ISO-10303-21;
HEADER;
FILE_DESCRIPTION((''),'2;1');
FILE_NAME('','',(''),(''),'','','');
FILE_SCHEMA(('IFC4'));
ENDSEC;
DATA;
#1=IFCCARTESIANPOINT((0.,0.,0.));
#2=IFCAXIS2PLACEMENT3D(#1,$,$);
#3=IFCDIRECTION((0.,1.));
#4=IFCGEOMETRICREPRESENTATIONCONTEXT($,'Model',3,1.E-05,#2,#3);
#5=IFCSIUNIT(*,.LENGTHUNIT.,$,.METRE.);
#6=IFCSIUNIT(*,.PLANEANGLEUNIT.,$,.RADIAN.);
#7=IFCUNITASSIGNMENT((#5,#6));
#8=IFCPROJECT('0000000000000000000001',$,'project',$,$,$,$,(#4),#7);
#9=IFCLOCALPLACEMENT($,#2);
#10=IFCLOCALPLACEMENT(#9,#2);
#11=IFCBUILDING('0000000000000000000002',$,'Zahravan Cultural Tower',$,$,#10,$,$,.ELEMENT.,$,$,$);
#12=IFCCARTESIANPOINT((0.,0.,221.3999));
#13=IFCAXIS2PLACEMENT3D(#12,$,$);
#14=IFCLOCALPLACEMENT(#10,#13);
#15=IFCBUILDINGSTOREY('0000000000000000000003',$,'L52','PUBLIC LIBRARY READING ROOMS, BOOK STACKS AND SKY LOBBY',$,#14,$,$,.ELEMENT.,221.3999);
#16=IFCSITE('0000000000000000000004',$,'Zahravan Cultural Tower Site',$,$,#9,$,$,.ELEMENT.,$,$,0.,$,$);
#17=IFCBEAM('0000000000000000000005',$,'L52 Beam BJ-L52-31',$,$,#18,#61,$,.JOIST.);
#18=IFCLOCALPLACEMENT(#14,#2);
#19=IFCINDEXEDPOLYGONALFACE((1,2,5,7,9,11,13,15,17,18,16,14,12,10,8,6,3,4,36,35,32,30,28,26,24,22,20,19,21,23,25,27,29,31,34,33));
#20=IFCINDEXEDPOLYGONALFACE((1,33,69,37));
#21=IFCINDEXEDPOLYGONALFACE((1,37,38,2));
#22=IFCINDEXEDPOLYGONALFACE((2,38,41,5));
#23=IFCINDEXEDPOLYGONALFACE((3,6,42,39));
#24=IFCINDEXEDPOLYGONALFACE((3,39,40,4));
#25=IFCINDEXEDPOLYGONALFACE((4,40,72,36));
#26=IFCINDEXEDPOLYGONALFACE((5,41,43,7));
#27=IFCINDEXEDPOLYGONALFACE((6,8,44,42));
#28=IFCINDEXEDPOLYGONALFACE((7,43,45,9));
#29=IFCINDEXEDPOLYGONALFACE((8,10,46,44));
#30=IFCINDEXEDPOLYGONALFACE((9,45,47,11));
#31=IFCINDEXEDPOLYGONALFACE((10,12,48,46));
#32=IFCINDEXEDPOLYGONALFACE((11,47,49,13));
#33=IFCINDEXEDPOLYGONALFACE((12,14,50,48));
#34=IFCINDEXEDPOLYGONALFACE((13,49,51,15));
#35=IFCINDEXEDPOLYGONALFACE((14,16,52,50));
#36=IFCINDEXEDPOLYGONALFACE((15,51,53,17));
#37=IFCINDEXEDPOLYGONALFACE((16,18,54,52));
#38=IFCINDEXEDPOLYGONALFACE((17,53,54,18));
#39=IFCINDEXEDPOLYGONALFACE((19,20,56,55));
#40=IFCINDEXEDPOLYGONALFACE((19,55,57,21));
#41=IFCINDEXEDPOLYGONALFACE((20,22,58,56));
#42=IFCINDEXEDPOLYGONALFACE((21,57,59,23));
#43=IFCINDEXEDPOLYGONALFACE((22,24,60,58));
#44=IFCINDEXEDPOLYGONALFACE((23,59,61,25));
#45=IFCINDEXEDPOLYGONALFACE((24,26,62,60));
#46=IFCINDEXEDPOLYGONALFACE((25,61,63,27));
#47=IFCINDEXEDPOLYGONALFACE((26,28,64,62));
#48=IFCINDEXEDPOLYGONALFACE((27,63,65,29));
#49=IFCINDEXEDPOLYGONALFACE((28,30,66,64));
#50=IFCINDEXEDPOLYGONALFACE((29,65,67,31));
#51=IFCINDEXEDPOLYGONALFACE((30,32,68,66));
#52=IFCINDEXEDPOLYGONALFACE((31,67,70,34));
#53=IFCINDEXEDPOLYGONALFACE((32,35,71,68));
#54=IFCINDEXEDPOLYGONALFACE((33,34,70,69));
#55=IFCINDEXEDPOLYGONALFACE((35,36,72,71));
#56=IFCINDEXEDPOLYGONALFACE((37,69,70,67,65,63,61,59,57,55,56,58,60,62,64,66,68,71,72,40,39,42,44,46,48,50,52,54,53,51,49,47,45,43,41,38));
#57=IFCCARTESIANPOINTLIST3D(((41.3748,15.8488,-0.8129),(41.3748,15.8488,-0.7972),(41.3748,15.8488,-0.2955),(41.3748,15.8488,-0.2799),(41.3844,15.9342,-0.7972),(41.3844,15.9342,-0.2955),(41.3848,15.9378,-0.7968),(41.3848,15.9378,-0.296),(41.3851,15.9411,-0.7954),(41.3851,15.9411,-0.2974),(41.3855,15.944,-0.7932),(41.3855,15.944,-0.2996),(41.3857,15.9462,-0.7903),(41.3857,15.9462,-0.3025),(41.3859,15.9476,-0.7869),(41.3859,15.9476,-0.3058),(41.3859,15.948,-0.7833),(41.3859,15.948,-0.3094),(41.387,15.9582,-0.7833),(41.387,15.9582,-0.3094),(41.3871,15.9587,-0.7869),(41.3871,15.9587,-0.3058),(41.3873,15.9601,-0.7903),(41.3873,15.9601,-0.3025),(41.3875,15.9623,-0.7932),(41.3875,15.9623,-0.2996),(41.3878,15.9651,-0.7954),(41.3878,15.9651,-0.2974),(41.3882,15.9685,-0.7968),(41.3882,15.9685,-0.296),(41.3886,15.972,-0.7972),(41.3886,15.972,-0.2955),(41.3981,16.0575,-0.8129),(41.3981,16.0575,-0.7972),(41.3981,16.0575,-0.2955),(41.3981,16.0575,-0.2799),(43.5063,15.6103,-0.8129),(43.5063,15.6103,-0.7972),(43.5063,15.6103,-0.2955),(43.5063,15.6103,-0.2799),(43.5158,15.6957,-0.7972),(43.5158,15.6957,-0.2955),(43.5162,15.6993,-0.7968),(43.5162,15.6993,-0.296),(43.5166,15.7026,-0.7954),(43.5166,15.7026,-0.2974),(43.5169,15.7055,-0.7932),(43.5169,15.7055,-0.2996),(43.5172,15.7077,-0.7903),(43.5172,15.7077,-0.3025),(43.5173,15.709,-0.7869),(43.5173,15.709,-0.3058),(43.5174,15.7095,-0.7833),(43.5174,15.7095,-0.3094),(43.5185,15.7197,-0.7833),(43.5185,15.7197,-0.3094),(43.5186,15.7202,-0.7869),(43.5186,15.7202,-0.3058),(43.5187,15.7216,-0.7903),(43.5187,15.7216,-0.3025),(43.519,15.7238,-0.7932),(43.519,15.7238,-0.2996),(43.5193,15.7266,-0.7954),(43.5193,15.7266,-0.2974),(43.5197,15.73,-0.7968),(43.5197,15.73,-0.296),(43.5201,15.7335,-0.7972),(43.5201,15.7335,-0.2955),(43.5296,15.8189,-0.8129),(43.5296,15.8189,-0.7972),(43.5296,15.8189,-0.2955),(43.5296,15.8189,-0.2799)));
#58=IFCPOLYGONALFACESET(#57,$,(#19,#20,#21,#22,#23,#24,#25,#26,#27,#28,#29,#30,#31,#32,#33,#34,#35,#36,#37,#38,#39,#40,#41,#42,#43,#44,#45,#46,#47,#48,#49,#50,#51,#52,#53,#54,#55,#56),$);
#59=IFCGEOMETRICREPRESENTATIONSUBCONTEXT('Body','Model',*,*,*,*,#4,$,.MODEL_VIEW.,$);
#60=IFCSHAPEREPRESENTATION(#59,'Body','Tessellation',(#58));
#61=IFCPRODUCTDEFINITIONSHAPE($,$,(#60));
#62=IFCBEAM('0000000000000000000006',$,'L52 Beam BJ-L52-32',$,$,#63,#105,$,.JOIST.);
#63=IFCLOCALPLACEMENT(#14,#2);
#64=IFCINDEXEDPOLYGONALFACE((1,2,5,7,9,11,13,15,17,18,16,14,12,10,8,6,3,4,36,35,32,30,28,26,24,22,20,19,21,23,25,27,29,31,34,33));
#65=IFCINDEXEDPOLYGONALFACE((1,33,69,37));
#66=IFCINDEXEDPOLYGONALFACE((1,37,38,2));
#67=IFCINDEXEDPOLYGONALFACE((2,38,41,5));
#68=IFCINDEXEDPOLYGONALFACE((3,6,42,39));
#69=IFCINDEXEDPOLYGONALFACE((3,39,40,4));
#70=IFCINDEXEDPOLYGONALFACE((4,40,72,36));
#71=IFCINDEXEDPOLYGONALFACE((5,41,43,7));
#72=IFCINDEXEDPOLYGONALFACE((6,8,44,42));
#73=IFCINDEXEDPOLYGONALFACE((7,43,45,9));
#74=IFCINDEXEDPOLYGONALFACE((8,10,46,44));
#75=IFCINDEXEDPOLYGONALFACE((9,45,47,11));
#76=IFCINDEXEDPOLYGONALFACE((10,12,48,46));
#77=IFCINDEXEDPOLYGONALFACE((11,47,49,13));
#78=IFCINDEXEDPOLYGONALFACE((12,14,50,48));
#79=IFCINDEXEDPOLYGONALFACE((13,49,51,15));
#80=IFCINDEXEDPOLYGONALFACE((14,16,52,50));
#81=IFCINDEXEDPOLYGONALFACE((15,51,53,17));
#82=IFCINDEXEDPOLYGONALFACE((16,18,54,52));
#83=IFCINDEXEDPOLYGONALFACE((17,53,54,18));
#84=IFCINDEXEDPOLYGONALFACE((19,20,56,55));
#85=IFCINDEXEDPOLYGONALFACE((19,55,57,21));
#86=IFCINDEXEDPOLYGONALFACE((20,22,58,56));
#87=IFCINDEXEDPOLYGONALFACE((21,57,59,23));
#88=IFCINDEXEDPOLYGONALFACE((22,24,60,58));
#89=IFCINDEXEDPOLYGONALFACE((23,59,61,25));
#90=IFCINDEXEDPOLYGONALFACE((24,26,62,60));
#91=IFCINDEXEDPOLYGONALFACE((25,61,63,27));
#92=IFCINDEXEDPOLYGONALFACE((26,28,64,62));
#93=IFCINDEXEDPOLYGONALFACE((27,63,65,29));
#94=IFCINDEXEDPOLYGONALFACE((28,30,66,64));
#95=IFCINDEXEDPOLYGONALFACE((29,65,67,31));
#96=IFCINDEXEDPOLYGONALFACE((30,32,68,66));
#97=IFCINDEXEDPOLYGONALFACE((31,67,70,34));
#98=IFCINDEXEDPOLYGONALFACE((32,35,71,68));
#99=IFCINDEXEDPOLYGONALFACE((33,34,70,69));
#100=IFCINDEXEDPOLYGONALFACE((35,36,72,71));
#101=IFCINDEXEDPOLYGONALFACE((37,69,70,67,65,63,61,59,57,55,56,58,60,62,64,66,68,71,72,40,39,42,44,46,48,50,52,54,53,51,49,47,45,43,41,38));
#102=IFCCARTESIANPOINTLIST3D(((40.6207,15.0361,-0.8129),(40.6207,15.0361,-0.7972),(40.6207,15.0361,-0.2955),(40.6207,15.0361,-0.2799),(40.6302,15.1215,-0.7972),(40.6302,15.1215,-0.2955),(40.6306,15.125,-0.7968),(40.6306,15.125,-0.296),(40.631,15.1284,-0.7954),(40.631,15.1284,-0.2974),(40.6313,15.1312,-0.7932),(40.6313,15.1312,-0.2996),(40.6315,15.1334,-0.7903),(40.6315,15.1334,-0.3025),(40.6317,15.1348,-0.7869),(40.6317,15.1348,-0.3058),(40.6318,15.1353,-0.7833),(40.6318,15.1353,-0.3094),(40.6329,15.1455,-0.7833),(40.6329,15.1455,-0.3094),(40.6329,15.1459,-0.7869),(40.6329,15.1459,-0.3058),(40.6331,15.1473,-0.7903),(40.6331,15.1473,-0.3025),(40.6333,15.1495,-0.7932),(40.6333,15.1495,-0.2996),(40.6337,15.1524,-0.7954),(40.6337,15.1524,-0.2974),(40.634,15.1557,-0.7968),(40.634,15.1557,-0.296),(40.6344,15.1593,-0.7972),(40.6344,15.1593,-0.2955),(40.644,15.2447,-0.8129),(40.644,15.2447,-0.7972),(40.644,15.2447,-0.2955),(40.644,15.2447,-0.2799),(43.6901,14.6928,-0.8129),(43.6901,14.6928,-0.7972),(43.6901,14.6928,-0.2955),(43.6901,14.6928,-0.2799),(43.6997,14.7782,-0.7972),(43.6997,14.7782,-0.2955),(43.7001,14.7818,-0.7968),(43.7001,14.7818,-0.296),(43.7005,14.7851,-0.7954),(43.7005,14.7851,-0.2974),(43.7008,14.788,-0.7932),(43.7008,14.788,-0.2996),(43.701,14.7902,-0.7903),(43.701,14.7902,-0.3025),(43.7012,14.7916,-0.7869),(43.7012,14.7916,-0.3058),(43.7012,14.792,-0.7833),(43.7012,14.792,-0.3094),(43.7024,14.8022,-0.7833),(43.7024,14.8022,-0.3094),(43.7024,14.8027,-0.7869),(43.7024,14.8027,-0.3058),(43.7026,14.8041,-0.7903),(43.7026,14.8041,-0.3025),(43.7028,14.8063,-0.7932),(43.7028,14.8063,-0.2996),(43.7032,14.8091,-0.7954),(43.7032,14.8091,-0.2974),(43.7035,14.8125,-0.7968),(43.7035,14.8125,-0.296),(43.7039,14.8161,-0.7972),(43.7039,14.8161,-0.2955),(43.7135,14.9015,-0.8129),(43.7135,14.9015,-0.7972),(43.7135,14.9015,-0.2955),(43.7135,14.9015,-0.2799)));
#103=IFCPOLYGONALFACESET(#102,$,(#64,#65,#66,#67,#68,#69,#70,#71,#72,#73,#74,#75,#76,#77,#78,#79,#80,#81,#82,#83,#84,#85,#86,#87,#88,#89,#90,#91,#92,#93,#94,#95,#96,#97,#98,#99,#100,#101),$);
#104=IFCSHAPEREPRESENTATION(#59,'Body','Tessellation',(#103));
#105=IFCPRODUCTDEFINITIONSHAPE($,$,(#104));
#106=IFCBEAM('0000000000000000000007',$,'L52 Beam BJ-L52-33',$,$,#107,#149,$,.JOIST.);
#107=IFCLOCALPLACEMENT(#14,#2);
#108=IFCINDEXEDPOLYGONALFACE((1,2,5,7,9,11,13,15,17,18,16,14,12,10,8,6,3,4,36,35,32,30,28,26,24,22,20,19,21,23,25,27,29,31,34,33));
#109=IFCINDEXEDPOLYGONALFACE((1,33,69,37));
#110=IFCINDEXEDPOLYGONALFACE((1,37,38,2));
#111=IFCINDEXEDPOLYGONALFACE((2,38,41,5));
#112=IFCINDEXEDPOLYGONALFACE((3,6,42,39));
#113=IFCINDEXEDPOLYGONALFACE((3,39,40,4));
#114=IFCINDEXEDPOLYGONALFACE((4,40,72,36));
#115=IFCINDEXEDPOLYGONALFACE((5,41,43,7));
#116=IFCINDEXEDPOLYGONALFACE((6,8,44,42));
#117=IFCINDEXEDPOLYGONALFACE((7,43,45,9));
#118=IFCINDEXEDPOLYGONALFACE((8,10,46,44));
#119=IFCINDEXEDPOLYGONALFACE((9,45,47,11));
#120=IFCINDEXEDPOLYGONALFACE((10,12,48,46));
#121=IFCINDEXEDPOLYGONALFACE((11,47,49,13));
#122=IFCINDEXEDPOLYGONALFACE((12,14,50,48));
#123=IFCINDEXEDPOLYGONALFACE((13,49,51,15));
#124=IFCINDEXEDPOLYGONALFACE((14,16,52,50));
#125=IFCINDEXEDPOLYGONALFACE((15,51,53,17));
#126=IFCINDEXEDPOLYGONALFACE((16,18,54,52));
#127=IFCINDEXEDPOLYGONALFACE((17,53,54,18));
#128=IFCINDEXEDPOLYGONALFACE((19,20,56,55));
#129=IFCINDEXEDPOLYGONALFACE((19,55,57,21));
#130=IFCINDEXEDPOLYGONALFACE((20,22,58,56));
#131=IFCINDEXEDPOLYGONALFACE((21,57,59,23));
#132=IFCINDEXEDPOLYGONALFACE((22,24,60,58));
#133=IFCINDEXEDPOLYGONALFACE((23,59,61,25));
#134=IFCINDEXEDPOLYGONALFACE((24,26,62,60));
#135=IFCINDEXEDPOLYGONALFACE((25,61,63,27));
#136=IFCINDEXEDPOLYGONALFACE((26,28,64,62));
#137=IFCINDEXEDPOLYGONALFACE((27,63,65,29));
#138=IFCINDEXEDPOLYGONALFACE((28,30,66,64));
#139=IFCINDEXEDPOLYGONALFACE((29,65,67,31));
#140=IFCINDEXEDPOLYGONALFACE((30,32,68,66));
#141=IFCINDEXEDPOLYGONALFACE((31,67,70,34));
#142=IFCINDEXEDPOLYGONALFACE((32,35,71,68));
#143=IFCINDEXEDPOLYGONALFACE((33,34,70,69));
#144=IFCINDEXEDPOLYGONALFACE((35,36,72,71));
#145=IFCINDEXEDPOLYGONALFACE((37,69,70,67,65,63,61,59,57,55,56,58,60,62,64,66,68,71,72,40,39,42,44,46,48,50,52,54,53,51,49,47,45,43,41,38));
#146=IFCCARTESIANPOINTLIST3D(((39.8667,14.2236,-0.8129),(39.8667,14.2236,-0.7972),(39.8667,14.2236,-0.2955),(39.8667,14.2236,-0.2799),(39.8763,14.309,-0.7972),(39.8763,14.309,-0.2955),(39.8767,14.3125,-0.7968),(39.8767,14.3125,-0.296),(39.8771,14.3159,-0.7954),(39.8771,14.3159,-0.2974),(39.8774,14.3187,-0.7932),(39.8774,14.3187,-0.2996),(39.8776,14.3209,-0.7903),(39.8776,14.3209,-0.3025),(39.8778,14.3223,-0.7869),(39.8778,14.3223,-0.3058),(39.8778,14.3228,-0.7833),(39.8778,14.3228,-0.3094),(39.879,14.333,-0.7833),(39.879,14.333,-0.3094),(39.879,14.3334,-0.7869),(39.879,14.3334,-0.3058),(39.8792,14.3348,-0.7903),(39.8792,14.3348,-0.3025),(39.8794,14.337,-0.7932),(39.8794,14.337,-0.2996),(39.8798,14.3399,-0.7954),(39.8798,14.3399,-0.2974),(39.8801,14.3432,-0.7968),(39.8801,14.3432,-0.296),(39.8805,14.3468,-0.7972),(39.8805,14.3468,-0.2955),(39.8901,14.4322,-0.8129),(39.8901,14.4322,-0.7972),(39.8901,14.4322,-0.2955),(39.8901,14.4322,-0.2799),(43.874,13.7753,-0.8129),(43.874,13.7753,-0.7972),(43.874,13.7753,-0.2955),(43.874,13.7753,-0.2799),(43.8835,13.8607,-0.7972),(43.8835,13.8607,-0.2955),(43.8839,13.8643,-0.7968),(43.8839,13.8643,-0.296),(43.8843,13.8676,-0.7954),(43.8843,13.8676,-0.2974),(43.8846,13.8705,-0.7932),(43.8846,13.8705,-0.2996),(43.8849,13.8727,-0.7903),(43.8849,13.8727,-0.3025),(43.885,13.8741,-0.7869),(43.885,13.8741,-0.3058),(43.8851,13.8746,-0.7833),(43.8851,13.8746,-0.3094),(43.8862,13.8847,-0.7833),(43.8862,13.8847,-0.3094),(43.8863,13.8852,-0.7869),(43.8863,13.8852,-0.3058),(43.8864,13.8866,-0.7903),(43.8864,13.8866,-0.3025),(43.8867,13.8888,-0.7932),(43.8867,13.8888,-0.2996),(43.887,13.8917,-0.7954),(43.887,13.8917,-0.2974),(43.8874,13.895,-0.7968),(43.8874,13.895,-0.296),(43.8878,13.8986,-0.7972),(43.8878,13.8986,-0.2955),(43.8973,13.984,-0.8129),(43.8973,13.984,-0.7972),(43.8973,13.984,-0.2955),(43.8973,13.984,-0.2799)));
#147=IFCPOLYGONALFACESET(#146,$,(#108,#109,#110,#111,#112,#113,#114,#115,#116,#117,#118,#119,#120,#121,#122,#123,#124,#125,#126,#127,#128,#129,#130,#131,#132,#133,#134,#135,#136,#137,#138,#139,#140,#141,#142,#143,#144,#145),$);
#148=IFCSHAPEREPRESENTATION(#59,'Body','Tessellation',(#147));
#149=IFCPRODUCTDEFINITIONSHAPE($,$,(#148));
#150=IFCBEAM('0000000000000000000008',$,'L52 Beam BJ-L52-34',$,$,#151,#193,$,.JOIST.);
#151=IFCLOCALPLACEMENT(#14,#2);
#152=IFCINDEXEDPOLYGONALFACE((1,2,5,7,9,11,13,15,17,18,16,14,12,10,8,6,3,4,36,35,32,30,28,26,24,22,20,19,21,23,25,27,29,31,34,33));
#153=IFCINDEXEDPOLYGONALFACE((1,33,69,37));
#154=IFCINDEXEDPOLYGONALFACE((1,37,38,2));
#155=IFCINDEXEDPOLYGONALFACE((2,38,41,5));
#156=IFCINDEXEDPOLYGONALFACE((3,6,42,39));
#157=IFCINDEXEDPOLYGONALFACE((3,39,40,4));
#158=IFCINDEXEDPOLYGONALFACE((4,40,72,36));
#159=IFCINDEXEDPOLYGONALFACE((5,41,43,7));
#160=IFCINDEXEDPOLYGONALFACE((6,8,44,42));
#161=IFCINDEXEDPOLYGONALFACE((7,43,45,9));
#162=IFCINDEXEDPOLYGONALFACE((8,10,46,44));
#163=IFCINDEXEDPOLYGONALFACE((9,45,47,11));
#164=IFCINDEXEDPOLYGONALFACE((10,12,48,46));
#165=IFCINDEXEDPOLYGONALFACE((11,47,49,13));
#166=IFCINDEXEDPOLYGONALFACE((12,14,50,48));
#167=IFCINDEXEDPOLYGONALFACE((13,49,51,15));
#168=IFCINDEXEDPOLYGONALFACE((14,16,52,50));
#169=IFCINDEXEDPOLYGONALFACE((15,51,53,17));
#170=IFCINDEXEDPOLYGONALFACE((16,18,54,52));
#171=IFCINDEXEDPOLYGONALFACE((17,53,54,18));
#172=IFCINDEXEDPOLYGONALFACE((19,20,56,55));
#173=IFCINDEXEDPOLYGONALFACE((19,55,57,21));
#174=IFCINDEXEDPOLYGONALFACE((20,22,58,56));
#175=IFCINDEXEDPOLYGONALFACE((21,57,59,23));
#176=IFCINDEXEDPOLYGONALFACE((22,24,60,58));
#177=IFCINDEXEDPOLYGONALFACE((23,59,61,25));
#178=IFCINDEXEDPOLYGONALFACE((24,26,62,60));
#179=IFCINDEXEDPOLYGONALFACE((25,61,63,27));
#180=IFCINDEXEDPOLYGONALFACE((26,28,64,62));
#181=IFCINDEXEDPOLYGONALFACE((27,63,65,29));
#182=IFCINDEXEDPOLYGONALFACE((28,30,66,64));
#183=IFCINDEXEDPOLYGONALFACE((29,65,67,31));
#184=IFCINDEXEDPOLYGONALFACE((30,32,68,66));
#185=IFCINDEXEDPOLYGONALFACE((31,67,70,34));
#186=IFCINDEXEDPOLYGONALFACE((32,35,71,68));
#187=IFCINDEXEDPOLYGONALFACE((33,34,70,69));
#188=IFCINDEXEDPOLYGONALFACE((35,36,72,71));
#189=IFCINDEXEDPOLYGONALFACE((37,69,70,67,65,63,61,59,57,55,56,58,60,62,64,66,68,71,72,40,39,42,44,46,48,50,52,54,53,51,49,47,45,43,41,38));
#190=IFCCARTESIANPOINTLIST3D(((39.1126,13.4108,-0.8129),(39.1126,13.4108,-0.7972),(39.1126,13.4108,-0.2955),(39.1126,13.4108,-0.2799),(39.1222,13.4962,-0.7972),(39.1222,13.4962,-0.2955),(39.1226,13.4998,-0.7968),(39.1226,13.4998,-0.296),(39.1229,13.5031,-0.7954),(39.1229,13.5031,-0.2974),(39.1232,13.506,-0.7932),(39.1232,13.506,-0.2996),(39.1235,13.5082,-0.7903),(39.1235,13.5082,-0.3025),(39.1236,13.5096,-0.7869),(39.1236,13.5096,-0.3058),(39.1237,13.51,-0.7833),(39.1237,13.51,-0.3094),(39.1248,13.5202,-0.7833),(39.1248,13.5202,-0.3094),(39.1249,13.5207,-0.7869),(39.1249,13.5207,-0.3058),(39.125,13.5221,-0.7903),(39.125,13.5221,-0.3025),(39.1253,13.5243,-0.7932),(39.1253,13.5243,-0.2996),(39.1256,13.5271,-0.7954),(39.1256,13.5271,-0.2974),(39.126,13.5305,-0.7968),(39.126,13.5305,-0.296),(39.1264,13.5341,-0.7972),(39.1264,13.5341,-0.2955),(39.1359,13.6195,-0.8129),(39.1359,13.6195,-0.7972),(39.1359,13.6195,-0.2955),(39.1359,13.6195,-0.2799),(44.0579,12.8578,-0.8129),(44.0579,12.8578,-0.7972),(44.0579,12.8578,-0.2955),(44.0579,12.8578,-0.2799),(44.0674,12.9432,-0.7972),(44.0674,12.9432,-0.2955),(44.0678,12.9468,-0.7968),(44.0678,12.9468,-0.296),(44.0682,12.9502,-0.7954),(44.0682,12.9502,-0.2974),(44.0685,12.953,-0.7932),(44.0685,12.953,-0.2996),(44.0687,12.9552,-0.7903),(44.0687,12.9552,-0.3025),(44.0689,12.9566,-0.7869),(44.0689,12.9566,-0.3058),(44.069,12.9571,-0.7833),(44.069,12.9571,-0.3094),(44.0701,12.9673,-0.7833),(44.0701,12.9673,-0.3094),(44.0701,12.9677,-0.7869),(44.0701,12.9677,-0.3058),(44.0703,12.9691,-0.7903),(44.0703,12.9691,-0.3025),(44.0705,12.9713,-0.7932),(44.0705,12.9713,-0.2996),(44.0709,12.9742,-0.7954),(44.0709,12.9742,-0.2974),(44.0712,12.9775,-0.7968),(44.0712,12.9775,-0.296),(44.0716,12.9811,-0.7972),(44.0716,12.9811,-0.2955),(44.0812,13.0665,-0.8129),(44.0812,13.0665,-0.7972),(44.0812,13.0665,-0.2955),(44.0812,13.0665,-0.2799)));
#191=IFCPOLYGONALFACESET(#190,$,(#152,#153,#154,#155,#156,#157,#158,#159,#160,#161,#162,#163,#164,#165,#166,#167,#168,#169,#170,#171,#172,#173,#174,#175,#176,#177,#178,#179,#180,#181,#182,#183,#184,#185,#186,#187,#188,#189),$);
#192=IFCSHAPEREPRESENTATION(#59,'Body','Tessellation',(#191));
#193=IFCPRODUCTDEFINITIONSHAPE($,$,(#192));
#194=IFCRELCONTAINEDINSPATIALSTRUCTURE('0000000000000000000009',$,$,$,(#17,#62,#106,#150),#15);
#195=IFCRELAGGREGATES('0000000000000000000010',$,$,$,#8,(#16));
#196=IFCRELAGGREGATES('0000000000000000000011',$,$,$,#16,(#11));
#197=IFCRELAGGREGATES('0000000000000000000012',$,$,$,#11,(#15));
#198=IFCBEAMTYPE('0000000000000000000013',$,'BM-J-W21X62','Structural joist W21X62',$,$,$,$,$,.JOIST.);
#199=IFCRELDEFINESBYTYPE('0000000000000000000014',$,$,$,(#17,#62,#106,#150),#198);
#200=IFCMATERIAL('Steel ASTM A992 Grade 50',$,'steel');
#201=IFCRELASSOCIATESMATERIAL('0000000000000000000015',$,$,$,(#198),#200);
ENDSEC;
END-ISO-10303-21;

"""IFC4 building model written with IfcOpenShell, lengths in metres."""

from ifc_helpers import new_model, si_unit, direction, frame, origin, origin_2d, place, context, subcontext, project, spatial, i_section, extrude, source, transform, mapped, material, material_profile, profile_set, type_object, element, save


model = new_model("IFC4")

# Units and contexts
model_context = context("Model", 3, precision=1e-05, world=origin(), true_north=direction((0.0, 1.0)))
body_context = subcontext(model_context, "Body", "Model", "MODEL_VIEW")
ifc_project = project(units=[si_unit("LENGTHUNIT", "METRE"), si_unit("PLANEANGLEUNIT", "RADIAN")], contexts=[model_context])

# Site, building, storey
site_placement = place(None, origin())
site = spatial("IfcSite", under=ifc_project, at=site_placement, Name="Zahravan Cultural Tower Site", CompositionType="ELEMENT", RefElevation=0.0)
building_placement = place(site_placement, origin())
building = spatial("IfcBuilding", under=site, at=building_placement, Name="Zahravan Cultural Tower", CompositionType="ELEMENT")
storey_placement = place(building_placement, frame((0.0, 0.0, 221.3999)))
storey = spatial("IfcBuildingStorey", under=building, at=storey_placement, Name="L52", Description="PUBLIC LIBRARY READING ROOMS, BOOK STACKS AND SKY LOBBY", CompositionType="ELEMENT", Elevation=221.3999)

# Beams
ifc_material_1 = material(Name="Steel ASTM A992 Grade 50", Category="steel")
ifc_material_profile_1 = material_profile(ifc_material_1, i_section(OverallWidth=0.21, OverallDepth=0.533, WebThickness=0.0103, FlangeThickness=0.0156, FilletRadius=0.0139, at=origin_2d()), Name="W21X62")
ifc_profile_set_1 = profile_set([ifc_material_profile_1], Name="Steel ASTM A992 Grade 50")
beam_type = type_object("IfcBeamType", Name="BM-J-W21X62", Description="Structural joist W21X62", PredefinedType="JOIST", material=ifc_profile_set_1)
shared_shape_1 = source(origin(), body_context, "Body", "SweptSolid", [
    extrude(i_section(OverallWidth=0.21, OverallDepth=0.533, WebThickness=0.0103, FlangeThickness=0.0156, FilletRadius=0.0139, at=origin_2d()), origin(), (0.0, 0.0, 1.0), 2.1448),
])
beam_1_placement = place(storey_placement, frame((41.3865, 15.9531, -0.5464), z_axis=(0.993797, -0.111206, 0.0), x_axis=(0.111206, 0.993797, 0.0)))
element("IfcBeam", 1, at=beam_1_placement, inside=storey, type_object=beam_type, Name="L52 Beam BJ-L52-31", PredefinedType="JOIST", context=body_context, shape_type="MappedRepresentation", body=[
    mapped(shared_shape_1, transform((0.0, 0.0, 0.0), x_axis=(1.0, 0.0, 0.0), y_axis=(0.0, 1.0, 0.0), z_axis=(0.0, 0.0, 1.0), scale=1.0)),
])
shared_shape_2 = source(origin(), body_context, "Body", "SweptSolid", [
    extrude(i_section(OverallWidth=0.21, OverallDepth=0.533, WebThickness=0.0103, FlangeThickness=0.0156, FilletRadius=0.0139, at=origin_2d()), origin(), (0.0, 0.0, 1.0), 3.0886),
])
beam_2_placement = place(storey_placement, frame((40.6323, 15.1404, -0.5464), z_axis=(0.993805, -0.111134, 0.0), x_axis=(0.111134, 0.993805, 0.0)))
element("IfcBeam", 2, at=beam_2_placement, inside=storey, type_object=beam_type, Name="L52 Beam BJ-L52-32", PredefinedType="JOIST", context=body_context, shape_type="MappedRepresentation", body=[
    mapped(shared_shape_2, transform((0.0, 0.0, 0.0), x_axis=(1.0, 0.0, 0.0), y_axis=(0.0, 1.0, 0.0), z_axis=(0.0, 0.0, 1.0), scale=1.0)),
])
shared_shape_3 = source(origin(), body_context, "Body", "SweptSolid", [
    extrude(i_section(OverallWidth=0.21, OverallDepth=0.533, WebThickness=0.0103, FlangeThickness=0.0156, FilletRadius=0.0139, at=origin_2d()), origin(), (0.0, 0.0, 1.0), 4.0322),
])
beam_3_placement = place(storey_placement, frame((39.8784, 14.3279, -0.5464), z_axis=(0.993802, -0.111162, 0.0), x_axis=(0.111162, 0.993802, 0.0)))
element("IfcBeam", 3, at=beam_3_placement, inside=storey, type_object=beam_type, Name="L52 Beam BJ-L52-33", PredefinedType="JOIST", context=body_context, shape_type="MappedRepresentation", body=[
    mapped(shared_shape_3, transform((0.0, 0.0, 0.0), x_axis=(1.0, 0.0, 0.0), y_axis=(0.0, 1.0, 0.0), z_axis=(0.0, 0.0, 1.0), scale=1.0)),
])
shared_shape_4 = source(origin(), body_context, "Body", "SweptSolid", [
    extrude(i_section(OverallWidth=0.21, OverallDepth=0.533, WebThickness=0.0103, FlangeThickness=0.0156, FilletRadius=0.0139, at=origin_2d()), origin(), (0.0, 0.0, 1.0), 4.9761),
])
beam_4_placement = place(storey_placement, frame((39.1243, 13.5151, -0.5464), z_axis=(0.993806, -0.111126, 0.0), x_axis=(0.111126, 0.993806, 0.0)))
element("IfcBeam", 4, at=beam_4_placement, inside=storey, type_object=beam_type, Name="L52 Beam BJ-L52-34", PredefinedType="JOIST", context=body_context, shape_type="MappedRepresentation", body=[
    mapped(shared_shape_4, transform((0.0, 0.0, 0.0), x_axis=(1.0, 0.0, 0.0), y_axis=(0.0, 1.0, 0.0), z_axis=(0.0, 0.0, 1.0), scale=1.0)),
])

save(model, "model.ifc")
